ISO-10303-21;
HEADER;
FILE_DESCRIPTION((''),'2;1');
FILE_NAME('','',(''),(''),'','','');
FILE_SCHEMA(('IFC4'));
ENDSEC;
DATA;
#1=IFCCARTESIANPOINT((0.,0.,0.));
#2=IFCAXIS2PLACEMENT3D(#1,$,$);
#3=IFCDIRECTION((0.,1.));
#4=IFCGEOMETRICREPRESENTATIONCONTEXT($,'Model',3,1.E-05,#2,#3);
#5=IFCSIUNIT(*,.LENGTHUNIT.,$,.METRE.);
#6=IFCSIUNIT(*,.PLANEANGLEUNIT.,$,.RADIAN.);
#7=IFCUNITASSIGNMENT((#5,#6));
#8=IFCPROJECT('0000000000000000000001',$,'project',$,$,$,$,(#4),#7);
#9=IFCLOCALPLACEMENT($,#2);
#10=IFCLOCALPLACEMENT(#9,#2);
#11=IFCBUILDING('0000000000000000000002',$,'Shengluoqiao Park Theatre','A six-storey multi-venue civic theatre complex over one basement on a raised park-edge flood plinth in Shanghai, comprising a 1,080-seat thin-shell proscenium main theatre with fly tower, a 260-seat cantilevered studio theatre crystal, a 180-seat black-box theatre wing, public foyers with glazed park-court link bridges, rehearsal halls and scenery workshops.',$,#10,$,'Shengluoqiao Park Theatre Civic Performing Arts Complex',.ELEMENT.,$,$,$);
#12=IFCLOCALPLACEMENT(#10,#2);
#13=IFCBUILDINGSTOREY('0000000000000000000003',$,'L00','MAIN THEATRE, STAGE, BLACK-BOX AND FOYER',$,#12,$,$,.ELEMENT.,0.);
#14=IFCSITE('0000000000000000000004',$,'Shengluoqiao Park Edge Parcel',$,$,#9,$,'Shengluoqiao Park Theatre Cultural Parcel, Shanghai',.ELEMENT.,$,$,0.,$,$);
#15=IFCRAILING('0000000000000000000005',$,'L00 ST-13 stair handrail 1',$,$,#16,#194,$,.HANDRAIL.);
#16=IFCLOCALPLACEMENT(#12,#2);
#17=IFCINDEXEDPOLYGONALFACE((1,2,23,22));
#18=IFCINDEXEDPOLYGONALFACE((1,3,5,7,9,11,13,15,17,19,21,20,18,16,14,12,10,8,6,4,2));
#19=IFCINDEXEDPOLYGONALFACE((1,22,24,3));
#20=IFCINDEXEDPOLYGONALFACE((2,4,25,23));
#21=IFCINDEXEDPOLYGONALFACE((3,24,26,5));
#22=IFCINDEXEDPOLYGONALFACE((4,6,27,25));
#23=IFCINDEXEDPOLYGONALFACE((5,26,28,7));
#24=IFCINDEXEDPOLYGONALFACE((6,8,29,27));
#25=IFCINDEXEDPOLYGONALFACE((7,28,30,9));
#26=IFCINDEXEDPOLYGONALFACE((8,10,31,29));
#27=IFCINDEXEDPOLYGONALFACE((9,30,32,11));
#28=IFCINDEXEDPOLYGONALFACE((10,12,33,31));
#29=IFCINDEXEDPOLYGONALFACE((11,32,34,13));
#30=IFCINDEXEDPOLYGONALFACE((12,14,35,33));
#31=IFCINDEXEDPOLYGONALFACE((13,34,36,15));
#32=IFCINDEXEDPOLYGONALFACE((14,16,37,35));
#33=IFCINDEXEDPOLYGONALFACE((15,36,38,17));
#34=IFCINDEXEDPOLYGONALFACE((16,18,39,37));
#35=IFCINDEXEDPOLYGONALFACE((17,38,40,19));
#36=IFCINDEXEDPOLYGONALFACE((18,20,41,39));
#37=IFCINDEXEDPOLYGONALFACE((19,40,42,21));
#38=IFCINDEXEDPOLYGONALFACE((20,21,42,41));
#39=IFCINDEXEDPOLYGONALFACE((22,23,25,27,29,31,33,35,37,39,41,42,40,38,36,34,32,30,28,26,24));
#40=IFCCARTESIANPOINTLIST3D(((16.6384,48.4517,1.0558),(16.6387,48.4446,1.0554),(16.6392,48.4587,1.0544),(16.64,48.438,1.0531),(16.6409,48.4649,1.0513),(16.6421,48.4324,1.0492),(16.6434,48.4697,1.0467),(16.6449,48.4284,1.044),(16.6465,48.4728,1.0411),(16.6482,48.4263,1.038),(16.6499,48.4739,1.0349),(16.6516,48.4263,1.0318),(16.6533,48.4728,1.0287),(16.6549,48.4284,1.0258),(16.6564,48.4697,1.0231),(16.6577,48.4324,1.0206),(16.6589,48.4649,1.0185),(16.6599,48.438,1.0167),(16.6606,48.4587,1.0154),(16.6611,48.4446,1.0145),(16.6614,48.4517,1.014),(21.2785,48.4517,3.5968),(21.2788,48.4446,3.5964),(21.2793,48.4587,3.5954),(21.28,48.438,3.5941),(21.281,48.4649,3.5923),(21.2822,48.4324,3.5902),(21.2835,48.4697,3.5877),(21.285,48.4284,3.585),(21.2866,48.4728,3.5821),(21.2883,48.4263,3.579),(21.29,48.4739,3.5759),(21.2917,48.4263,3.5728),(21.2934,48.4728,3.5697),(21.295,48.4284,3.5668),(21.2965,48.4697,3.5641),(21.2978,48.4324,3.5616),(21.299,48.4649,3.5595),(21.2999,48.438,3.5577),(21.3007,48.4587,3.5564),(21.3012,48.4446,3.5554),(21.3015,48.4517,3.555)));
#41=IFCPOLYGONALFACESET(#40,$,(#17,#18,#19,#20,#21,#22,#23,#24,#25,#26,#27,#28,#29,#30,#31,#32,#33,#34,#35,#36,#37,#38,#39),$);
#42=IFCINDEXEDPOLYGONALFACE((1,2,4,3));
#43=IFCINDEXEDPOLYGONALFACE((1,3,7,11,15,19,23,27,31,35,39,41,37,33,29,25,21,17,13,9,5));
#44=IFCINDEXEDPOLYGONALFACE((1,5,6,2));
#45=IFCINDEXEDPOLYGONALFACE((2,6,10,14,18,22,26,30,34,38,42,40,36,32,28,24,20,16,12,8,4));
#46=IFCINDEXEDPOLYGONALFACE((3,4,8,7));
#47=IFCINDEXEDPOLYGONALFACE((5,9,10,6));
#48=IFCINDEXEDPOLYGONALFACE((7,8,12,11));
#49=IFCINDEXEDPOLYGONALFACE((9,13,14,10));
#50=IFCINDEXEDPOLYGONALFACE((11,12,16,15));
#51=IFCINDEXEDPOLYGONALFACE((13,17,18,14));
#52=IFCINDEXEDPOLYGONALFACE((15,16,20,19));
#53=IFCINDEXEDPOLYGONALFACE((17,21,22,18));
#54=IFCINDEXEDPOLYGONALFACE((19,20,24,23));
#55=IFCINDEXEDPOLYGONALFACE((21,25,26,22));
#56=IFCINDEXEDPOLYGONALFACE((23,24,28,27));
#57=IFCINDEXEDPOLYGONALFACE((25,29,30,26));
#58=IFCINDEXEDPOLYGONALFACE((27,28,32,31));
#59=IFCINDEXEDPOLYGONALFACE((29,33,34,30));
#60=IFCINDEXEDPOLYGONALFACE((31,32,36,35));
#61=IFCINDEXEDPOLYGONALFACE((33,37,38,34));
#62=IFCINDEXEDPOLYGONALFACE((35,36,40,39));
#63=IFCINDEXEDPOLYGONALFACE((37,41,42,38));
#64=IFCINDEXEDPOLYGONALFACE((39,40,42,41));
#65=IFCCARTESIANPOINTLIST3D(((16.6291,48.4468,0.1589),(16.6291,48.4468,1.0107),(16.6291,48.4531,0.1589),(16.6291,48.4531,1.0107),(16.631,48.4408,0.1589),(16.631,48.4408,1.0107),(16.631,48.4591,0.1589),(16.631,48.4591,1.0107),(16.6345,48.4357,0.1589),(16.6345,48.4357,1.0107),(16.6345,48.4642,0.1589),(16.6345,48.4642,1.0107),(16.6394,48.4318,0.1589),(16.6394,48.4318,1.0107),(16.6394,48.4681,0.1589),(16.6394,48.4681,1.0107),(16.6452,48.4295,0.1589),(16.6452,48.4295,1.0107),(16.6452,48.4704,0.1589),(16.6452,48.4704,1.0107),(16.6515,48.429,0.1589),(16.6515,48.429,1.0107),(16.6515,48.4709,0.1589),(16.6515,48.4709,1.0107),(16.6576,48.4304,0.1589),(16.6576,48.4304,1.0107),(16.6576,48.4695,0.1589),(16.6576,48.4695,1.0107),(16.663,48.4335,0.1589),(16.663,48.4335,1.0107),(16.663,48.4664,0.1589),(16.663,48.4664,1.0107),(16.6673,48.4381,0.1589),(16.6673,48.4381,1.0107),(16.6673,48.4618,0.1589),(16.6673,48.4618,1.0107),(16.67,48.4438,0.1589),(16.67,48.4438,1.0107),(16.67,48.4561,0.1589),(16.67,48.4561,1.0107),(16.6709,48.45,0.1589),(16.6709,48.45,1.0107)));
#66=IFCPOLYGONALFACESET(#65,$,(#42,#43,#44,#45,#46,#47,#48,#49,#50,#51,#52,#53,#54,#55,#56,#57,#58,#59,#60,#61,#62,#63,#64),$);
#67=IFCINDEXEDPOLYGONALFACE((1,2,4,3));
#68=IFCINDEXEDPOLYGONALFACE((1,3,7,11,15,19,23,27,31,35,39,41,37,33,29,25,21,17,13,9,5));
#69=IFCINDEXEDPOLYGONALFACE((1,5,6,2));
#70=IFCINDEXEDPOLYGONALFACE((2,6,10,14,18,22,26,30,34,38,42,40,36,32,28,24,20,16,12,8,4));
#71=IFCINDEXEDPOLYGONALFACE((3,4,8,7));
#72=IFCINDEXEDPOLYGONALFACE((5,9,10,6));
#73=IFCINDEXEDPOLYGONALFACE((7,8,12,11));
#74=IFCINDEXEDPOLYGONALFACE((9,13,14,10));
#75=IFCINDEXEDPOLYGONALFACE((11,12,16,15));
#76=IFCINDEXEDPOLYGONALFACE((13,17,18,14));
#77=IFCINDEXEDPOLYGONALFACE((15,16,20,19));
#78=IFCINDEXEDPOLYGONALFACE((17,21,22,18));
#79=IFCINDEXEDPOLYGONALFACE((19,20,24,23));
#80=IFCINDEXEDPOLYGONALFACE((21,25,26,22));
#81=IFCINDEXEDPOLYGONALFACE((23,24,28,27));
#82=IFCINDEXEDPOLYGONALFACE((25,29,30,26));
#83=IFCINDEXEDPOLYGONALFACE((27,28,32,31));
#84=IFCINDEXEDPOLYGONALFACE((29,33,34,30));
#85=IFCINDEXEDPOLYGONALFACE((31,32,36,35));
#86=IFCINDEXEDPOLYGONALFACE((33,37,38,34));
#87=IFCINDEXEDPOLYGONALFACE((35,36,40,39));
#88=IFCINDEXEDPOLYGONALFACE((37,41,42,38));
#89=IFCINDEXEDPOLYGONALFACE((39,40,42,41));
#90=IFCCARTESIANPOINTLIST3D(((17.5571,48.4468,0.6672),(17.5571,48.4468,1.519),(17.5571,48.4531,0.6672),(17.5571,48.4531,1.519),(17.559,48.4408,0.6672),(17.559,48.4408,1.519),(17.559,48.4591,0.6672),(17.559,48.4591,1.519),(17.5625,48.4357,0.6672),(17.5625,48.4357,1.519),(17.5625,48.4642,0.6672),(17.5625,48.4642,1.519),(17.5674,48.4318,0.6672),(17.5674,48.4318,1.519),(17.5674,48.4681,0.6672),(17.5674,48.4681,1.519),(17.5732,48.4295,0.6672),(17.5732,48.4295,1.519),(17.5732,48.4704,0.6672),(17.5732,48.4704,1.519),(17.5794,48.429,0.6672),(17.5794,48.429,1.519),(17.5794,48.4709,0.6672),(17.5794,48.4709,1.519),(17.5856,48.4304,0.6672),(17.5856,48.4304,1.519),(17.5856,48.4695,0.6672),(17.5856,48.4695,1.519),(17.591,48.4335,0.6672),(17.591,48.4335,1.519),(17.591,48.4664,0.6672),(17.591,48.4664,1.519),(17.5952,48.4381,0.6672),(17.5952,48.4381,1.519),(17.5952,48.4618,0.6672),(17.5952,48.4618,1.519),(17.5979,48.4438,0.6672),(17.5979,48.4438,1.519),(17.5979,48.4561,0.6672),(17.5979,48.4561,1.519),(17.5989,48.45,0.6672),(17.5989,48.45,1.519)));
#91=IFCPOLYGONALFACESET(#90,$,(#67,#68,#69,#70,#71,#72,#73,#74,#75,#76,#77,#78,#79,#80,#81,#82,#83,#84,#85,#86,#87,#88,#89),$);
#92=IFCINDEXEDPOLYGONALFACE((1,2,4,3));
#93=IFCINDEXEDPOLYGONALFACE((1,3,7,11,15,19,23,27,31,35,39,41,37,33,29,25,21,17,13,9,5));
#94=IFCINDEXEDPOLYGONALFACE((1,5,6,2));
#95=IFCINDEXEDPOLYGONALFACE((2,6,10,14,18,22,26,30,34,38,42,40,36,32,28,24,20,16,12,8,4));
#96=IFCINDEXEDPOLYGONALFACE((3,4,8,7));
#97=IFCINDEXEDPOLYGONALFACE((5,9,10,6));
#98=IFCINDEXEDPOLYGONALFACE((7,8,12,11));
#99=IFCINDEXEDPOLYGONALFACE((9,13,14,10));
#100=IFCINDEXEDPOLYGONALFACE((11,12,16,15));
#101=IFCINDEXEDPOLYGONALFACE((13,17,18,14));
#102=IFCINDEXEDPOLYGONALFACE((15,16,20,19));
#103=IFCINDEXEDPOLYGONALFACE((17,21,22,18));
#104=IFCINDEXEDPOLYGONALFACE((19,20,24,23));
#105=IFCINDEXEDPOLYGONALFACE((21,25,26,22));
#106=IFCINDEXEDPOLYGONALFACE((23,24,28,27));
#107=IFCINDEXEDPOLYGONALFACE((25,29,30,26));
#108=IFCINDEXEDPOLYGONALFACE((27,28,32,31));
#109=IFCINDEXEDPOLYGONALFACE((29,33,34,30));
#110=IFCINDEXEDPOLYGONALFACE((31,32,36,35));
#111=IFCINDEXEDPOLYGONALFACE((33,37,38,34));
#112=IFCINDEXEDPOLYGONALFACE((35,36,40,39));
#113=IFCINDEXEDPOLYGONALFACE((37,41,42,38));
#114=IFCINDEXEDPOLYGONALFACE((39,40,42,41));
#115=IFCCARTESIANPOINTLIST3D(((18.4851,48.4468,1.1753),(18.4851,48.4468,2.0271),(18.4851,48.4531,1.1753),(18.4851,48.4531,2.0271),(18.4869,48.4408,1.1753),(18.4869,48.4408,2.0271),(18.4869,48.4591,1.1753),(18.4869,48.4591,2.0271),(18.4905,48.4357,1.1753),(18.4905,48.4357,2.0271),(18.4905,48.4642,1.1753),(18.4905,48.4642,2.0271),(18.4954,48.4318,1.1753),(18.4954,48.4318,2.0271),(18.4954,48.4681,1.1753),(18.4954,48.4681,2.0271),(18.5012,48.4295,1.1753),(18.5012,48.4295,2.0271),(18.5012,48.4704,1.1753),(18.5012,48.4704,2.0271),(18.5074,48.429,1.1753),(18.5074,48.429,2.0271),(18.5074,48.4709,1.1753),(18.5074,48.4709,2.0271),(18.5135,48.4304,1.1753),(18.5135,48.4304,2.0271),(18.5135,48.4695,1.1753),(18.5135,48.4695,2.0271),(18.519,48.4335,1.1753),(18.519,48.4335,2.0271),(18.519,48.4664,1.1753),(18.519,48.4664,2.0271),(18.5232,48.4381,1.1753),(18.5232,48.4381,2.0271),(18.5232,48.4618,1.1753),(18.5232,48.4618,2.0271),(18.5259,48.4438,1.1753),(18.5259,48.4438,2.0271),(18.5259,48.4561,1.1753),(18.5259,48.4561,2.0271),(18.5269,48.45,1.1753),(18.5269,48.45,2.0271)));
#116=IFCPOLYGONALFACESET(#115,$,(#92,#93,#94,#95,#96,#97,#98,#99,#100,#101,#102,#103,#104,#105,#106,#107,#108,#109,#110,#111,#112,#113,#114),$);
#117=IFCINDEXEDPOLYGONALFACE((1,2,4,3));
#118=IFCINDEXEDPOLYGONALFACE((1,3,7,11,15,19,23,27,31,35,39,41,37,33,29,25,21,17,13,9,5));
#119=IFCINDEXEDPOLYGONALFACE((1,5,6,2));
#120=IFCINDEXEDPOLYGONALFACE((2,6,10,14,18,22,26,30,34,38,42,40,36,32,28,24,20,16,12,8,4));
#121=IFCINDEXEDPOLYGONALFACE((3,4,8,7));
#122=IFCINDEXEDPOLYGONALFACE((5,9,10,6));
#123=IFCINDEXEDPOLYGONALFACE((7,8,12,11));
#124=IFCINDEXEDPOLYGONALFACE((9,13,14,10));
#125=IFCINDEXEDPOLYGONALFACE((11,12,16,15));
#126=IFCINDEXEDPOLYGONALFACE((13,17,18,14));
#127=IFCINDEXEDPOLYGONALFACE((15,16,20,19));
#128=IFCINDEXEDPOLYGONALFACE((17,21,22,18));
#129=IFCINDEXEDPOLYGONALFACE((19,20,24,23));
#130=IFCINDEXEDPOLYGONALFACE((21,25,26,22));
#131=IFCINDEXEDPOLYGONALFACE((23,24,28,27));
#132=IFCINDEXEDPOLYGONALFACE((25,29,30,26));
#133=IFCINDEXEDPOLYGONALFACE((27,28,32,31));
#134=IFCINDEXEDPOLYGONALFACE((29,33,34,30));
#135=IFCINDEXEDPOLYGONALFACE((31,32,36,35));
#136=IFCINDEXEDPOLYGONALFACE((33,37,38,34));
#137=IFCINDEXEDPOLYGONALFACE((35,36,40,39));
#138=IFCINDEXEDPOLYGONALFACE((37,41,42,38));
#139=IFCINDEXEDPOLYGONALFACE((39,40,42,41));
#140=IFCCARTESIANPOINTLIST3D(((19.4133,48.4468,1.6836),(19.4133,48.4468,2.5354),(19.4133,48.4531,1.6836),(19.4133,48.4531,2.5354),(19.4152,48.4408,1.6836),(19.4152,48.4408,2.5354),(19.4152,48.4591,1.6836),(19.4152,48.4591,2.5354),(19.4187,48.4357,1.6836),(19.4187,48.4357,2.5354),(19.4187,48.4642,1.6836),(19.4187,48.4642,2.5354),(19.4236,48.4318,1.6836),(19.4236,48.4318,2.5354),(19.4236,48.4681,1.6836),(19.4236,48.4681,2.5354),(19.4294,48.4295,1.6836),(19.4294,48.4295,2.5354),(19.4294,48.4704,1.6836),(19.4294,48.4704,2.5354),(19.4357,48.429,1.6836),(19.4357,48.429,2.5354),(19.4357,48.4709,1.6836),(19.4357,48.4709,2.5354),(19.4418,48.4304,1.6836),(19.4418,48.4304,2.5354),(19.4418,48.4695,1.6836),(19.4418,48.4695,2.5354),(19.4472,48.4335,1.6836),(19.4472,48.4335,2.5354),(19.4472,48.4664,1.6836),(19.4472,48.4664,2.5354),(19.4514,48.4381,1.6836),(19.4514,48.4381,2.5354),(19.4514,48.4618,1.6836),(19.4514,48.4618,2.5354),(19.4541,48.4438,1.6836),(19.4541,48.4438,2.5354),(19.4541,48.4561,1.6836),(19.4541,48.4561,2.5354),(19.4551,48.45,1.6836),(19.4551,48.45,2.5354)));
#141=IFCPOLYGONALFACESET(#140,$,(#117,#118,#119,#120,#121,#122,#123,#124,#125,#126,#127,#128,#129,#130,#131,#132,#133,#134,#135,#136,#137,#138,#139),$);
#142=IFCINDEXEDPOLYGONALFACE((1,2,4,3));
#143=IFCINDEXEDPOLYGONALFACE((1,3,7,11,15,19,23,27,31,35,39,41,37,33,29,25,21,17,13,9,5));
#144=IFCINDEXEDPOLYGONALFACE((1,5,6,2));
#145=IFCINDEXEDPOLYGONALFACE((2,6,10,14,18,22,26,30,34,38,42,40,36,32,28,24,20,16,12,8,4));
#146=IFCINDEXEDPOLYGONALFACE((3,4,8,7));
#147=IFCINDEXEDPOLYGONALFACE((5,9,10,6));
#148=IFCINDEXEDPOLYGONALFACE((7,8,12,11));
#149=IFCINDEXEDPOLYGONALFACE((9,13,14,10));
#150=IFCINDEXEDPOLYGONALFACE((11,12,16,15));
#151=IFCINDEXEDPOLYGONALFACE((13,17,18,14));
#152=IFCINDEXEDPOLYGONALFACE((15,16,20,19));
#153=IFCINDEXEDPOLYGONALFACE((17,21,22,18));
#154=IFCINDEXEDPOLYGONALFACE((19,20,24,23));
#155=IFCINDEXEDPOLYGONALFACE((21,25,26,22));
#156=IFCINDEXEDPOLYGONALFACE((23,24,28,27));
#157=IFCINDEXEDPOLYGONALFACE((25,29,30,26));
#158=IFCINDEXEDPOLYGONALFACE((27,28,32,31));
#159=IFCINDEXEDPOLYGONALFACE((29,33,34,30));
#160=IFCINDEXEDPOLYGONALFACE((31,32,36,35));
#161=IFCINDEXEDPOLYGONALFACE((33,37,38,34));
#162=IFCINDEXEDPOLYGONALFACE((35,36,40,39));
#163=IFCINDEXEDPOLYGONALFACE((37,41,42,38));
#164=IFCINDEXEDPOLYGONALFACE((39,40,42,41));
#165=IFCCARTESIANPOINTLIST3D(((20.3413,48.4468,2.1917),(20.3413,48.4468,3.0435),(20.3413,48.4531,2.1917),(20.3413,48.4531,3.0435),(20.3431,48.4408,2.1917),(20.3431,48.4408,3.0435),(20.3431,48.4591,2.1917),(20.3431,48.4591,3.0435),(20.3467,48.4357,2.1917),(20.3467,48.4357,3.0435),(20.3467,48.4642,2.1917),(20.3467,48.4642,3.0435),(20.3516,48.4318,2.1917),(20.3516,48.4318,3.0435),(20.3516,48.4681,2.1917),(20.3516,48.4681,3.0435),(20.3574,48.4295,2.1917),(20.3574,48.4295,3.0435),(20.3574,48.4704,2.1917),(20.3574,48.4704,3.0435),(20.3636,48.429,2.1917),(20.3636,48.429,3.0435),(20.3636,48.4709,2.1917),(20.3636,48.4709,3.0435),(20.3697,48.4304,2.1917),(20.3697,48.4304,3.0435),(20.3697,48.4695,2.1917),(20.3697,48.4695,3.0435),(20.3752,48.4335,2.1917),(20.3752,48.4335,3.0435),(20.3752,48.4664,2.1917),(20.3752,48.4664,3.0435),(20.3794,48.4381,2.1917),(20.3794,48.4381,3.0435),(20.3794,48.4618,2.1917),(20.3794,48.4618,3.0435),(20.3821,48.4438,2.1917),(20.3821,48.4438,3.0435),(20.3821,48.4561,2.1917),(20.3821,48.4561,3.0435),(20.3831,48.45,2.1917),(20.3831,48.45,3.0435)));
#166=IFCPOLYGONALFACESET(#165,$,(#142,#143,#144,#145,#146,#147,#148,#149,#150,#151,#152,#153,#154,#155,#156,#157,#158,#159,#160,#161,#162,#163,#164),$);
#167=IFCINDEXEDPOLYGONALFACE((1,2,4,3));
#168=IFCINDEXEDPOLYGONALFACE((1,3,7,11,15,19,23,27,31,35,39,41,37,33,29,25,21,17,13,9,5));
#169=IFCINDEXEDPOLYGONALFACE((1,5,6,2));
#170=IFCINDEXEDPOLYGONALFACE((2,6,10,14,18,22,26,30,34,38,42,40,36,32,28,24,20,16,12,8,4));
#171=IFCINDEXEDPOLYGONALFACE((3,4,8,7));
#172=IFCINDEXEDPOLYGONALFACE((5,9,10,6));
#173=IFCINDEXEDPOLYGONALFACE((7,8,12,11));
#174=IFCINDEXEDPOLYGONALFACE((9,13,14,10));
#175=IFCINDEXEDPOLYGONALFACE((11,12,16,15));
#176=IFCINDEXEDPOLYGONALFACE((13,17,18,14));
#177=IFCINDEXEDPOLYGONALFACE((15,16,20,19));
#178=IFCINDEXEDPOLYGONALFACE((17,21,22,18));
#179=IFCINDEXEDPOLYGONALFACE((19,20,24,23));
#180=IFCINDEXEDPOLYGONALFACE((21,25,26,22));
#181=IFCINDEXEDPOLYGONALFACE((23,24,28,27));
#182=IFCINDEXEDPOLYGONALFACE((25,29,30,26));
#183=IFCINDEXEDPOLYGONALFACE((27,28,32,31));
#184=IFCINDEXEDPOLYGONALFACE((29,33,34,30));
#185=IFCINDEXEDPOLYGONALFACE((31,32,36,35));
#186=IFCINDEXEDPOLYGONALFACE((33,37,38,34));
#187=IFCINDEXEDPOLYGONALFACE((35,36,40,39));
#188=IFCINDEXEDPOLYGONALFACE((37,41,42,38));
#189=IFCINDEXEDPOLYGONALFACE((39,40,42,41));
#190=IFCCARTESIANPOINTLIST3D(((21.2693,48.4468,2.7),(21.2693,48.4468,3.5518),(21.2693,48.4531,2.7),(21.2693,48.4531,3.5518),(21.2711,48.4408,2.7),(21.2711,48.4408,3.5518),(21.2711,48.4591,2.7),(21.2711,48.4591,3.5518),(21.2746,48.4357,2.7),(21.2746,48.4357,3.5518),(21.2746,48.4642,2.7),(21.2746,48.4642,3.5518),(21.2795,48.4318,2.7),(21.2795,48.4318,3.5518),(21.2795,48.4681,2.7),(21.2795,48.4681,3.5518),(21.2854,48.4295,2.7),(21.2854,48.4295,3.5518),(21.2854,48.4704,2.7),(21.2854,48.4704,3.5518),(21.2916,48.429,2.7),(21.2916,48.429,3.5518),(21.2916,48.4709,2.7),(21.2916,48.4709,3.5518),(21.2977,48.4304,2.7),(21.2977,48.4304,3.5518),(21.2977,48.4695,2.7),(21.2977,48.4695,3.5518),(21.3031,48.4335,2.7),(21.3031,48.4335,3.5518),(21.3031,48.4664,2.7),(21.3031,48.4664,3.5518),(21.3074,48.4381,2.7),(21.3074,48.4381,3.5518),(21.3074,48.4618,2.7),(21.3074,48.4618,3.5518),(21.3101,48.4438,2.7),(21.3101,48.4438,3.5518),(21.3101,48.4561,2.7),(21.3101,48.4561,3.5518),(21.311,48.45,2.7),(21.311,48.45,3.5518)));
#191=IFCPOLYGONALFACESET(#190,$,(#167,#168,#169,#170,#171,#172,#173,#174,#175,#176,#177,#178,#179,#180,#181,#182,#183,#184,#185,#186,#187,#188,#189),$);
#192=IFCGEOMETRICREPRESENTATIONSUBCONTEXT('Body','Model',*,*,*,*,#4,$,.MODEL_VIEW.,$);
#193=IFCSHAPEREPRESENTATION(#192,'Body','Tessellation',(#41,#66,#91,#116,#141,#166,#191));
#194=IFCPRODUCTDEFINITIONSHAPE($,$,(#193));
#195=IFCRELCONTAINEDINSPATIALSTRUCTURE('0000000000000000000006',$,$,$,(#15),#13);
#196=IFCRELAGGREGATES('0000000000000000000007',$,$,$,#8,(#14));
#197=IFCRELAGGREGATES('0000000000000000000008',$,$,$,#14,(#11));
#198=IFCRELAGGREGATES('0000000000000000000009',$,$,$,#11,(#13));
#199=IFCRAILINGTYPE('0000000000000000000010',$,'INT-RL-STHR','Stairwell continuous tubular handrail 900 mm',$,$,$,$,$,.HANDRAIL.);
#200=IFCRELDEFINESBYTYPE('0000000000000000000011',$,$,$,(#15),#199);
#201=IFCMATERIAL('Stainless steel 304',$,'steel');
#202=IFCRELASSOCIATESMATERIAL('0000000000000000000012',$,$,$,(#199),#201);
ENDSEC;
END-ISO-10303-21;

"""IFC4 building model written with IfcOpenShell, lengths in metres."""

from ifc_helpers import new_model, si_unit, direction, frame, origin, origin_2d, place, context, subcontext, project, spatial, circle, extrude, material, type_object, element, save


model = new_model("IFC4")

# Units and contexts
model_context = context("Model", 3, precision=1e-05, world=origin(), true_north=direction((0.0, 1.0)))
body_context = subcontext(model_context, "Body", "Model", "MODEL_VIEW")
ifc_project = project(units=[si_unit("LENGTHUNIT", "METRE"), si_unit("PLANEANGLEUNIT", "RADIAN")], contexts=[model_context])

# Site, building, storey
site_placement = place(None, origin())
site = spatial("IfcSite", under=ifc_project, at=site_placement, Name="Shengluoqiao Park Edge Parcel", LongName="Shengluoqiao Park Theatre Cultural Parcel, Shanghai", CompositionType="ELEMENT", RefElevation=0.0)
building_placement = place(site_placement, origin())
building = spatial("IfcBuilding", under=site, at=building_placement, Name="Shengluoqiao Park Theatre", Description="A six-storey multi-venue civic theatre complex over one basement on a raised park-edge flood plinth in Shanghai, comprising a 1,080-seat thin-shell proscenium main theatre with fly tower, a 260-seat cantilevered studio theatre crystal, a 180-seat black-box theatre wing, public foyers with glazed park-court link bridges, rehearsal halls and scenery workshops.", LongName="Shengluoqiao Park Theatre Civic Performing Arts Complex", CompositionType="ELEMENT")
storey_placement = place(building_placement, origin())
storey = spatial("IfcBuildingStorey", under=building, at=storey_placement, Name="L00", Description="MAIN THEATRE, STAGE, BLACK-BOX AND FOYER", CompositionType="ELEMENT", Elevation=0.0)

# Railing
ifc_material_1 = material(Name="Stainless steel 304", Category="steel")
railing_type_1 = type_object("IfcRailingType", Name="INT-RL-STHR", Description="Stairwell continuous tubular handrail 900 mm", PredefinedType="HANDRAIL", material=ifc_material_1)
railing_1_placement = place(storey_placement, frame((16.6499, 48.45, 0.1589)))
element("IfcRailing", 1, at=railing_1_placement, inside=storey, type_object=railing_type_1, Name="L00 ST-13 stair handrail 1", PredefinedType="HANDRAIL", context=body_context, shape_type="SweptSolid", body=[
    extrude(circle(Radius=0.0239, at=origin_2d()), frame((0.0, 0.0, 0.876), z_axis=(0.877097, 0.0, 0.480313), x_axis=(0.0, 1.0, 0.0)), (0.0, 0.0, 1.0), 5.2903),
    extrude(circle(Radius=0.021, at=origin_2d()), origin(), (0.0, 0.0, 1.0), 0.8518),
    extrude(circle(Radius=0.021, at=origin_2d()), frame((0.928, 0.0, 0.5083)), (0.0, 0.0, 1.0), 0.8518),
    extrude(circle(Radius=0.021, at=origin_2d()), frame((1.856, 0.0, 1.0164)), (0.0, 0.0, 1.0), 0.8518),
    extrude(circle(Radius=0.021, at=origin_2d()), frame((2.7842, 0.0, 1.5247)), (0.0, 0.0, 1.0), 0.8518),
    extrude(circle(Radius=0.021, at=origin_2d()), frame((3.7122, 0.0, 2.0327)), (0.0, 0.0, 1.0), 0.8518),
    extrude(circle(Radius=0.021, at=origin_2d()), frame((4.6401, 0.0, 2.541)), (0.0, 0.0, 1.0), 0.8518),
])

save(model, "model.ifc")
